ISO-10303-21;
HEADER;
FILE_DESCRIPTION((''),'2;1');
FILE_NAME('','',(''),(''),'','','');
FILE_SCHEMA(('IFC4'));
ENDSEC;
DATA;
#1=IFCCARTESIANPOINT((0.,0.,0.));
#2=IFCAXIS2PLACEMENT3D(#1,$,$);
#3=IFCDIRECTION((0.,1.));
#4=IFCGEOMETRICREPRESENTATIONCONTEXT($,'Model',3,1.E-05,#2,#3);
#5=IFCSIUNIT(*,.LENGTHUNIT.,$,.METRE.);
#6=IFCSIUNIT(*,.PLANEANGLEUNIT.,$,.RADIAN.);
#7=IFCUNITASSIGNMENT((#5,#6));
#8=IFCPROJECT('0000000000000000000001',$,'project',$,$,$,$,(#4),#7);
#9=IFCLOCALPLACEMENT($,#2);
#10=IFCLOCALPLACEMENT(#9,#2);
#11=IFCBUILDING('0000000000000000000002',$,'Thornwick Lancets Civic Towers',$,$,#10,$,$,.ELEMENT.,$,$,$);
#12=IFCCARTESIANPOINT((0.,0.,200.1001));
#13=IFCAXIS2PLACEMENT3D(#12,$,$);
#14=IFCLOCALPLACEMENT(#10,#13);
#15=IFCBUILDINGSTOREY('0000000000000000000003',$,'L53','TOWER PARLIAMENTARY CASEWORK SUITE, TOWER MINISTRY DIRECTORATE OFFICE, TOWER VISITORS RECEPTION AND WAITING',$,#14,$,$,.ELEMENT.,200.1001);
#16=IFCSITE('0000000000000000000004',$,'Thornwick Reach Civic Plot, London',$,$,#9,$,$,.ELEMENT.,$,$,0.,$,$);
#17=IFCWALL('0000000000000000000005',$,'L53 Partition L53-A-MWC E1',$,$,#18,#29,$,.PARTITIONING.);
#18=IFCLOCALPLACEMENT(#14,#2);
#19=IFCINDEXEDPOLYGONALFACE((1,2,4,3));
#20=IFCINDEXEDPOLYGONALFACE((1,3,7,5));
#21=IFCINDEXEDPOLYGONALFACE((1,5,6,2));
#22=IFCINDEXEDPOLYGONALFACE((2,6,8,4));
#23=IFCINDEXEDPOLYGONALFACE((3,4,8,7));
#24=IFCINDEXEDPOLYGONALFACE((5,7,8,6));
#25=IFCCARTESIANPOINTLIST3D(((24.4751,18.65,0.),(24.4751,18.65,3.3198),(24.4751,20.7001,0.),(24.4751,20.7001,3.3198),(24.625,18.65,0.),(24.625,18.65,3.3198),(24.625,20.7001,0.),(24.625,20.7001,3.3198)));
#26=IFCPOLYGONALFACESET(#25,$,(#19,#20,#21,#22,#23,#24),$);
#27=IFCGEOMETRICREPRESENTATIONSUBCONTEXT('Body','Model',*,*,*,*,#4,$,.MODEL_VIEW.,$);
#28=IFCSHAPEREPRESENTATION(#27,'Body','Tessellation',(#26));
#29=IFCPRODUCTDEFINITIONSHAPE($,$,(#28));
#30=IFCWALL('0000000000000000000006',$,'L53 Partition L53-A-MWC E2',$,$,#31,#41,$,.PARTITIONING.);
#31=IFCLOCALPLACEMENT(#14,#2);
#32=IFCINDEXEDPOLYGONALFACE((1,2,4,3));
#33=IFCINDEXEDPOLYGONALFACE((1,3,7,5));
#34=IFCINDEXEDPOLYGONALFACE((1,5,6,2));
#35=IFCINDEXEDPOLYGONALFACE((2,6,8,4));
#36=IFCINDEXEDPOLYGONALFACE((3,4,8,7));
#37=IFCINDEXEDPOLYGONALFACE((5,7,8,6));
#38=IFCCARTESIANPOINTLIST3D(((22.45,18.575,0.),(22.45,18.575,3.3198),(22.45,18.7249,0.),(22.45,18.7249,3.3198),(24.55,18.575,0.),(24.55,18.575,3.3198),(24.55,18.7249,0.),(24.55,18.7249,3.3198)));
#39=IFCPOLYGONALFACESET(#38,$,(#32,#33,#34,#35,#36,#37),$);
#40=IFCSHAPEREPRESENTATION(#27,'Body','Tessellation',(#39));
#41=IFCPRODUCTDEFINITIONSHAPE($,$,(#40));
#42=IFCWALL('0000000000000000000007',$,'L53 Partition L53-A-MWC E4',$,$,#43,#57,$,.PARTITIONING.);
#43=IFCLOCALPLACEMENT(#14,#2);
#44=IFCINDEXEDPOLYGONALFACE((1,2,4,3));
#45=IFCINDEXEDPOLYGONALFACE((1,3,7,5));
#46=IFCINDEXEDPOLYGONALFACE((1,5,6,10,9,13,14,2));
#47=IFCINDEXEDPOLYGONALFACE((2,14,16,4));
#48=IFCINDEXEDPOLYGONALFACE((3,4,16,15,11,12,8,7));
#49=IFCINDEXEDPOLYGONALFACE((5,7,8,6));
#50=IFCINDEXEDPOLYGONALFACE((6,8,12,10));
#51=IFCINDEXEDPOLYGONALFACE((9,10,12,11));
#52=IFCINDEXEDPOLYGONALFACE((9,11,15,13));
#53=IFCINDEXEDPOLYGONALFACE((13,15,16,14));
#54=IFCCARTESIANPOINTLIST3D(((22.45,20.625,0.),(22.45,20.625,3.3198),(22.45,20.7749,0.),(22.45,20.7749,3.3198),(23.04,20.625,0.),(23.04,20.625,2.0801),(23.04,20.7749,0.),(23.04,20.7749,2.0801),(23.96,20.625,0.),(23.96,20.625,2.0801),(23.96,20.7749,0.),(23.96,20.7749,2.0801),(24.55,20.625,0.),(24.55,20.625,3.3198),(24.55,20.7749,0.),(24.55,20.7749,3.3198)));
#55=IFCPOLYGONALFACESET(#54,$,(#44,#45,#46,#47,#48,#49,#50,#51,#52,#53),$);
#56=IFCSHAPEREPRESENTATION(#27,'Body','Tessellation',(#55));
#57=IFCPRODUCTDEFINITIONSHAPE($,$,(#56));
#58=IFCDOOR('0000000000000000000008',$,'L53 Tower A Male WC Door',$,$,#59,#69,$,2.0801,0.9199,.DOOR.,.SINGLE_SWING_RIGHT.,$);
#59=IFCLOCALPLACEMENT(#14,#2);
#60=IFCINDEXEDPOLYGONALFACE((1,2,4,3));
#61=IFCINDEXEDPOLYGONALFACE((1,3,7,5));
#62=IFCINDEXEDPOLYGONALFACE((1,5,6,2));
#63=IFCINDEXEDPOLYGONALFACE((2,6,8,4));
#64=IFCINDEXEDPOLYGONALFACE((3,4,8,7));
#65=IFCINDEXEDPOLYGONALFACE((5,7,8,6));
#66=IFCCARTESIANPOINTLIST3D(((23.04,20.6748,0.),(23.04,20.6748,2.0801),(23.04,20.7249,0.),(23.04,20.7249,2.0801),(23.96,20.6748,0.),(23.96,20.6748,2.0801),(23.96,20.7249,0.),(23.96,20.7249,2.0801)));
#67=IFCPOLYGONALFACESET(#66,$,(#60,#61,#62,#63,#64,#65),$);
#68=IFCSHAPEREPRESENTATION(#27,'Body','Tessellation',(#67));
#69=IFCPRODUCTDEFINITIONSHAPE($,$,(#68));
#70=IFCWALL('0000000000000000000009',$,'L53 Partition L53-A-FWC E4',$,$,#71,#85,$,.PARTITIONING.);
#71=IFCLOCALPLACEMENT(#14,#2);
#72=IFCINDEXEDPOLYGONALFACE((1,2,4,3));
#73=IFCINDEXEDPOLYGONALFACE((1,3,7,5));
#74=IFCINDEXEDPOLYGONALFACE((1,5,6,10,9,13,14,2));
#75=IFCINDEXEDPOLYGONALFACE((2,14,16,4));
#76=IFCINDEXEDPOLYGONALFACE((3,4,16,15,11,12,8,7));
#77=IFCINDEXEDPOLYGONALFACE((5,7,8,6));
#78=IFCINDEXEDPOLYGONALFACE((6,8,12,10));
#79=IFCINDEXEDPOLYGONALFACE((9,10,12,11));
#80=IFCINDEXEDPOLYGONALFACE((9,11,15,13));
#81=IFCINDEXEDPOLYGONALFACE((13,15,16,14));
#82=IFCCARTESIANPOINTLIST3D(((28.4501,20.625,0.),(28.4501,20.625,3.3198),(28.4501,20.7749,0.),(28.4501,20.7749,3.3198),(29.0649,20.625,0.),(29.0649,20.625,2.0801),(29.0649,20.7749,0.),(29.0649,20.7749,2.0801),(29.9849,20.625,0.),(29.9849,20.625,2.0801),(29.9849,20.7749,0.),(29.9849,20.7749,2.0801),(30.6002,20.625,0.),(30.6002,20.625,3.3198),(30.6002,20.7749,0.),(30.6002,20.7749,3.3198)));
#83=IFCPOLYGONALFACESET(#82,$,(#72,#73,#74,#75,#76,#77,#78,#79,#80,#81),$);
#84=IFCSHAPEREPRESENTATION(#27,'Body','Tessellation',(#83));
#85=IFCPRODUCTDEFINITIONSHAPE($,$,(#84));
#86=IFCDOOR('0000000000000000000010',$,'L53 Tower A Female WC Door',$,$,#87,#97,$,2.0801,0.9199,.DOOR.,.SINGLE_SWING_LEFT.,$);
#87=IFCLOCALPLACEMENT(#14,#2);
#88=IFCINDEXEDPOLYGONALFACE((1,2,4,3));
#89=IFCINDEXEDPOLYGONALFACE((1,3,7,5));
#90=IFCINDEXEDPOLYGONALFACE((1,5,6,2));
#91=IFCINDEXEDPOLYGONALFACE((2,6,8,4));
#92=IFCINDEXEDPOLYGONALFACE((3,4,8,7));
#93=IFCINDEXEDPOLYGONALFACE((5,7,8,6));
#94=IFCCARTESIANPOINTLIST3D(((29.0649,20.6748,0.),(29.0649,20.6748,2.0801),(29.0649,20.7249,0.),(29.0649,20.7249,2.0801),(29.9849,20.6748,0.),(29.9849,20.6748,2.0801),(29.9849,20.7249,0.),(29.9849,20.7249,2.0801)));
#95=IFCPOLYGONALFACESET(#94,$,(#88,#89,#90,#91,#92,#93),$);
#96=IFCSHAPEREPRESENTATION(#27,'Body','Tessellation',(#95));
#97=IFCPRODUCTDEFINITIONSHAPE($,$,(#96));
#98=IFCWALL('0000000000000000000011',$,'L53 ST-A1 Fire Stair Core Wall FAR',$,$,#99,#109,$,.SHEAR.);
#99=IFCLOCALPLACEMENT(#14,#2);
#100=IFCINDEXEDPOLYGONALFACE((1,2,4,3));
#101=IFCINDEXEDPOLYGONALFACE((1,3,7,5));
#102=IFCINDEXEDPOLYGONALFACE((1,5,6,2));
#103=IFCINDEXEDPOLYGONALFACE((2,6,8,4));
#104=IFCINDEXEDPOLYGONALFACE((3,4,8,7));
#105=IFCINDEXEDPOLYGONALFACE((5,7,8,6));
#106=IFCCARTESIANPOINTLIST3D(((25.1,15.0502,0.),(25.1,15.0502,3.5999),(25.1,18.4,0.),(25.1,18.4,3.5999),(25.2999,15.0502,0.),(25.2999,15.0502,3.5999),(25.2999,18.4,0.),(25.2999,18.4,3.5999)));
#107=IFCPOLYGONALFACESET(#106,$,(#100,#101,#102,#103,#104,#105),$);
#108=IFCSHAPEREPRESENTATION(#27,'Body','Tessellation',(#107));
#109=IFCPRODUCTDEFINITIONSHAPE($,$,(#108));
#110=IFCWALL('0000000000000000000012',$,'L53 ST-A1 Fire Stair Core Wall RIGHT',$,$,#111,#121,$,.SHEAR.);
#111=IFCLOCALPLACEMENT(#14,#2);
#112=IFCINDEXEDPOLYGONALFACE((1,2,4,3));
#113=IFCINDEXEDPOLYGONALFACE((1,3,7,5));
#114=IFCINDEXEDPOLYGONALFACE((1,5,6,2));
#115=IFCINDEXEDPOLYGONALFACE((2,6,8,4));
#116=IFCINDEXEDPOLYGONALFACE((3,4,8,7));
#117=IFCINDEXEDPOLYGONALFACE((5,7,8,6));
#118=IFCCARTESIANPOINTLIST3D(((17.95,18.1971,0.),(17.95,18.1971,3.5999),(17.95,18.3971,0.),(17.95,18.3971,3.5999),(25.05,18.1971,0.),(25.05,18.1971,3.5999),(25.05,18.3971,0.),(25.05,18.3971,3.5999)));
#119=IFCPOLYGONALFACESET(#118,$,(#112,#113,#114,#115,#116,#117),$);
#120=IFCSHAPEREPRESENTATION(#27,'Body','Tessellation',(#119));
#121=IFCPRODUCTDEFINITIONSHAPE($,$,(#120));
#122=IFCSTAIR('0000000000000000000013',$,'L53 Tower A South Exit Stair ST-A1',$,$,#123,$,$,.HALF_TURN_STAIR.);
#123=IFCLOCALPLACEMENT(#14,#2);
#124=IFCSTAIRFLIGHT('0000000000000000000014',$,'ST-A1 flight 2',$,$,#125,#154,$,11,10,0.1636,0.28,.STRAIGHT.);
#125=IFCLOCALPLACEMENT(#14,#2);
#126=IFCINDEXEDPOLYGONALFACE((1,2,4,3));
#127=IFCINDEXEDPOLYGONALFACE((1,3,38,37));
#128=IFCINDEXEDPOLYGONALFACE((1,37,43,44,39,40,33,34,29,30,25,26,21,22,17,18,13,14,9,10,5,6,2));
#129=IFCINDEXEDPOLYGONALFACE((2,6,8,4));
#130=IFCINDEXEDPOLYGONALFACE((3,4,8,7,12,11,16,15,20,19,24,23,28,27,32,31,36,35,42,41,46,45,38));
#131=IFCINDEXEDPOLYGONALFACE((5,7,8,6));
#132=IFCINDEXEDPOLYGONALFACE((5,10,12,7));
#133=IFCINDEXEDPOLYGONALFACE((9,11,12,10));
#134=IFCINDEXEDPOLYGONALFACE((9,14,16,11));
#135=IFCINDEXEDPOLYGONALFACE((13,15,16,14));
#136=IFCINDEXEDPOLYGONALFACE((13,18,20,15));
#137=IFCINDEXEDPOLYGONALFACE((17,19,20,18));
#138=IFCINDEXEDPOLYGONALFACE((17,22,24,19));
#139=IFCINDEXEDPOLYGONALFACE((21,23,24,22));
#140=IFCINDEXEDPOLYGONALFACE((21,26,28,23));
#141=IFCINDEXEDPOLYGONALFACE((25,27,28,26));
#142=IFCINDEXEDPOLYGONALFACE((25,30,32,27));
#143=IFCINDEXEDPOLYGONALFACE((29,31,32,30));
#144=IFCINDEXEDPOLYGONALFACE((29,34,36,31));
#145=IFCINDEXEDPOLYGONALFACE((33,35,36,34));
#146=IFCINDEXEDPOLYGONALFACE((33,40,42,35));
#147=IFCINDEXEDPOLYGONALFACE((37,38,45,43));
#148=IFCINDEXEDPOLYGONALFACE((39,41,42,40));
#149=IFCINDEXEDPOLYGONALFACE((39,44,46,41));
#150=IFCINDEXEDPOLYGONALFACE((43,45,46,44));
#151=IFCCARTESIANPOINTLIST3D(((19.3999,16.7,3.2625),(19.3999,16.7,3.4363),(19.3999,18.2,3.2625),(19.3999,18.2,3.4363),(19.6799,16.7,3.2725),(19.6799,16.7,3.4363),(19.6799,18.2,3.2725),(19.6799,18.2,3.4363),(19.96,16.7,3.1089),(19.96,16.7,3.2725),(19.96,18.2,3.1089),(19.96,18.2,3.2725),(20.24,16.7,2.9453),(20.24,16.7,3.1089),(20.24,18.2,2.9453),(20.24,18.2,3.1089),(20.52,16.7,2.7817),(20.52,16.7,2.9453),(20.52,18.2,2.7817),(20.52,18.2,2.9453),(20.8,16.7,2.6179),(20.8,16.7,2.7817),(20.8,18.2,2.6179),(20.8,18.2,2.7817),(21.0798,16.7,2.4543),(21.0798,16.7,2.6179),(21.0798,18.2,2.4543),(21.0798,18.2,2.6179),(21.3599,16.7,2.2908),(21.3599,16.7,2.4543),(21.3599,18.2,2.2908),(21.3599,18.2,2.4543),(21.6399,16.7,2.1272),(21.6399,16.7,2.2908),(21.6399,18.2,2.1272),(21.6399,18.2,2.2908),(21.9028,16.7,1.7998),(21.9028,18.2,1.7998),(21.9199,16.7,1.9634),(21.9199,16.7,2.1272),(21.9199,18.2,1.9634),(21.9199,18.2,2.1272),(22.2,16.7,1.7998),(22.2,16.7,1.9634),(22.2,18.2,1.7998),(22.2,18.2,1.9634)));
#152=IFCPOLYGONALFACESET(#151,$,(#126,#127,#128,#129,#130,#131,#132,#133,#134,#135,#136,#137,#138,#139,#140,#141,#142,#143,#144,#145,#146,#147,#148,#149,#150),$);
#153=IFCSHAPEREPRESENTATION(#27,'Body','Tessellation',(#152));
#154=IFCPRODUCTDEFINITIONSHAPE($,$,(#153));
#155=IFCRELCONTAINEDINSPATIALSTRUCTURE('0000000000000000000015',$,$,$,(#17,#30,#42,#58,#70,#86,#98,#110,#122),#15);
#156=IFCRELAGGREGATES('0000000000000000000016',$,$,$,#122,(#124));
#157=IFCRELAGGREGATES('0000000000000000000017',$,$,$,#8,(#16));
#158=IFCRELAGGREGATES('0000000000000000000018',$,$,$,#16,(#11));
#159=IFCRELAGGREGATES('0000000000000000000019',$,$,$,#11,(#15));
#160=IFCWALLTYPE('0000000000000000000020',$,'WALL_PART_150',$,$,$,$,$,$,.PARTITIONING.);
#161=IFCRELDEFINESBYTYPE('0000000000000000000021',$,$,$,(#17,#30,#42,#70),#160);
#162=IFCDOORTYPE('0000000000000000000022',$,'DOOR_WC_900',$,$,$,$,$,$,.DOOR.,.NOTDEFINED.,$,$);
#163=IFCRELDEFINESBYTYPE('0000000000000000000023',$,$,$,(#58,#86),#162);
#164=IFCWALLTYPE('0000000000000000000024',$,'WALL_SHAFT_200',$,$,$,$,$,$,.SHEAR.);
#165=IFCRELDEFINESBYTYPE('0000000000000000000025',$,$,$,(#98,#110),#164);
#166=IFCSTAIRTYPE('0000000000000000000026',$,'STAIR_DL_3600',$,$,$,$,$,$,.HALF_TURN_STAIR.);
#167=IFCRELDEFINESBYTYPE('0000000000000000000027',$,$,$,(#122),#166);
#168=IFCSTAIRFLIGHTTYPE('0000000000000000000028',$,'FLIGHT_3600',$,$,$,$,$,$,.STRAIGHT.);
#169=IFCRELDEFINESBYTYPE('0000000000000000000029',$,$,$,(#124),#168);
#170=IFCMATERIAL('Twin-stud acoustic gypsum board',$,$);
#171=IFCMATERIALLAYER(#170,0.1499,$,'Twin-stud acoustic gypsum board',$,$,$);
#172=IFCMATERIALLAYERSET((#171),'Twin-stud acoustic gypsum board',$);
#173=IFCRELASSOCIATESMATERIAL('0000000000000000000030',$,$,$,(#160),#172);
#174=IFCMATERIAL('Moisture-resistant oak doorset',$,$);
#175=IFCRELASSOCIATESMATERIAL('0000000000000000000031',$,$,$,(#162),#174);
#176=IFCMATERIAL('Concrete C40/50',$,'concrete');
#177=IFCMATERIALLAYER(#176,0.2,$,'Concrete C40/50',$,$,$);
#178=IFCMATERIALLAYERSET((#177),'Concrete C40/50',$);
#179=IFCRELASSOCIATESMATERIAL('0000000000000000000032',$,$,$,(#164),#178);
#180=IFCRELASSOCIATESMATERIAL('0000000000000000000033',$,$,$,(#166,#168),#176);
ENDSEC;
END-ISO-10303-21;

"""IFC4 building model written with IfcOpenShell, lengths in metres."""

from ifc_helpers import new_model, si_unit, direction, frame, frame_2d, origin, place, context, subcontext, project, spatial, polyline, rectangle, outline, extrude, material, layer, layer_set, type_object, element, fill, aggregate, save


model = new_model("IFC4")

# Units and contexts
model_context = context("Model", 3, precision=1e-05, world=origin(), true_north=direction((0.0, 1.0)))
body_context = subcontext(model_context, "Body", "Model", "MODEL_VIEW")
ifc_project = project(units=[si_unit("LENGTHUNIT", "METRE"), si_unit("PLANEANGLEUNIT", "RADIAN")], contexts=[model_context])

# Site, building, storey
site_placement = place(None, origin())
site = spatial("IfcSite", under=ifc_project, at=site_placement, Name="Thornwick Reach Civic Plot, London", CompositionType="ELEMENT", RefElevation=0.0)
building_placement = place(site_placement, origin())
building = spatial("IfcBuilding", under=site, at=building_placement, Name="Thornwick Lancets Civic Towers", CompositionType="ELEMENT")
storey_placement = place(building_placement, frame((0.0, 0.0, 200.1001)))
storey = spatial("IfcBuildingStorey", under=building, at=storey_placement, Name="L53", Description="TOWER PARLIAMENTARY CASEWORK SUITE, TOWER MINISTRY DIRECTORATE OFFICE, TOWER VISITORS RECEPTION AND WAITING", CompositionType="ELEMENT", Elevation=200.1001)

# Shared definitions
ifc_material_1 = material(Name="Concrete C40/50", Category="concrete")

# Walls
ifc_material_2 = material(Name="Twin-stud acoustic gypsum board")
ifc_layer_1 = layer(ifc_material_2, 0.1499, Name="Twin-stud acoustic gypsum board")
ifc_layer_set_1 = layer_set([ifc_layer_1], Name="Twin-stud acoustic gypsum board")
wall_type_1 = type_object("IfcWallType", Name="WALL_PART_150", PredefinedType="PARTITIONING", material=ifc_layer_set_1)
wall_1_placement = place(storey_placement, frame((24.55, 20.7, 0.0), z_axis=(0.0, 0.0, 1.0), x_axis=(0.0, -1.0, 0.0)))
element("IfcWall", 1, at=wall_1_placement, inside=storey, type_object=wall_type_1, Name="L53 Partition L53-A-MWC E1", PredefinedType="PARTITIONING", context=body_context, shape_type="SweptSolid", body=[
    extrude(rectangle(XDim=2.05, YDim=0.1499, at=frame_2d((1.0249, 0.0))), origin(), (0.0, 0.0, 1.0), 3.3198),
])
wall_2_placement = place(storey_placement, frame((24.55, 18.6499, 0.0), z_axis=(0.0, 0.0, 1.0), x_axis=(-1.0, 0.0, 0.0)))
element("IfcWall", 2, at=wall_2_placement, inside=storey, type_object=wall_type_1, Name="L53 Partition L53-A-MWC E2", PredefinedType="PARTITIONING", context=body_context, shape_type="SweptSolid", body=[
    extrude(rectangle(XDim=2.1001, YDim=0.1499, at=frame_2d((1.05, 0.0))), origin(), (0.0, 0.0, 1.0), 3.3198),
])

# Walls, openings, doors
wall_3_placement = place(storey_placement, frame((22.45, 20.7, 0.0), z_axis=(0.0, 0.0, 1.0), x_axis=(1.0, 0.0, 0.0)))
wall_3 = element("IfcWall", 3, at=wall_3_placement, inside=storey, type_object=wall_type_1, Name="L53 Partition L53-A-MWC E4", PredefinedType="PARTITIONING", context=body_context, shape_type="SweptSolid", body=[
    extrude(rectangle(XDim=2.1001, YDim=0.1499, at=frame_2d((1.05, 0.0))), origin(), (0.0, 0.0, 1.0), 3.3198),
])
opening_1_placement = place(wall_3_placement, frame((0.5901, 0.0, 0.0)))
opening_1 = element("IfcOpeningElement", 4, at=opening_1_placement, cuts=wall_3, PredefinedType="OPENING", context=body_context, shape_type="SweptSolid", body=[
    extrude(rectangle(XDim=0.9199, YDim=2.0801, at=frame_2d((0.46, 1.04))), frame((0.0, 0.085, 0.0), z_axis=(0.0, -1.0, 0.0), x_axis=(1.0, 0.0, 0.0)), (0.0, 0.0, 1.0), 0.1699),
])
ifc_material_3 = material(Name="Moisture-resistant oak doorset")
door_type_1 = type_object("IfcDoorType", Name="DOOR_WC_900", OperationType="NOTDEFINED", PredefinedType="DOOR", material=ifc_material_3)
door_1_placement = place(opening_1_placement, origin())
door_1 = element("IfcDoor", 5, at=door_1_placement, inside=storey, type_object=door_type_1, Name="L53 Tower A Male WC Door", OperationType="SINGLE_SWING_RIGHT", OverallHeight=2.0801, OverallWidth=0.9199, PredefinedType="DOOR", context=body_context, shape_type="SweptSolid", body=[
    extrude(rectangle(XDim=0.9199, YDim=2.0801, at=frame_2d((0.46, 1.04))), frame((0.0, 0.0249, 0.0), z_axis=(0.0, -1.0, 0.0), x_axis=(1.0, 0.0, 0.0)), (0.0, 0.0, 1.0), 0.05),
])
fill(opening_1, door_1)
wall_4_placement = place(storey_placement, frame((28.45, 20.7, 0.0), z_axis=(0.0, 0.0, 1.0), x_axis=(1.0, 0.0, 0.0)))
wall_4 = element("IfcWall", 6, at=wall_4_placement, inside=storey, type_object=wall_type_1, Name="L53 Partition L53-A-FWC E4", PredefinedType="PARTITIONING", context=body_context, shape_type="SweptSolid", body=[
    extrude(rectangle(XDim=2.1501, YDim=0.1499, at=frame_2d((1.0752, 0.0))), origin(), (0.0, 0.0, 1.0), 3.3198),
])
opening_2_placement = place(wall_4_placement, frame((0.615, 0.0, 0.0)))
opening_2 = element("IfcOpeningElement", 7, at=opening_2_placement, cuts=wall_4, PredefinedType="OPENING", context=body_context, shape_type="SweptSolid", body=[
    extrude(rectangle(XDim=0.9199, YDim=2.0801, at=frame_2d((0.46, 1.04))), frame((0.0, 0.085, 0.0), z_axis=(0.0, -1.0, 0.0), x_axis=(1.0, 0.0, 0.0)), (0.0, 0.0, 1.0), 0.1699),
])
door_2_placement = place(opening_2_placement, origin())
door_2 = element("IfcDoor", 8, at=door_2_placement, inside=storey, type_object=door_type_1, Name="L53 Tower A Female WC Door", OperationType="SINGLE_SWING_LEFT", OverallHeight=2.0801, OverallWidth=0.9199, PredefinedType="DOOR", context=body_context, shape_type="SweptSolid", body=[
    extrude(rectangle(XDim=0.9199, YDim=2.0801, at=frame_2d((0.46, 1.04))), frame((0.0, 0.0249, 0.0), z_axis=(0.0, -1.0, 0.0), x_axis=(1.0, 0.0, 0.0)), (0.0, 0.0, 1.0), 0.05),
])
fill(opening_2, door_2)

# Walls
ifc_layer_2 = layer(ifc_material_1, 0.2, Name="Concrete C40/50")
ifc_layer_set_2 = layer_set([ifc_layer_2], Name="Concrete C40/50")
wall_type_2 = type_object("IfcWallType", Name="WALL_SHAFT_200", PredefinedType="SHEAR", material=ifc_layer_set_2)
wall_5_placement = place(storey_placement, frame((25.2, 18.3999, 0.0), z_axis=(0.0, 0.0, 1.0), x_axis=(0.0, -1.0, 0.0)))
element("IfcWall", 9, at=wall_5_placement, inside=storey, type_object=wall_type_2, Name="L53 ST-A1 Fire Stair Core Wall FAR", PredefinedType="SHEAR", context=body_context, shape_type="SweptSolid", body=[
    extrude(rectangle(XDim=3.3499, YDim=0.2, at=frame_2d((1.6748, 0.0))), origin(), (0.0, 0.0, 1.0), 3.5999),
])
wall_6_placement = place(storey_placement, frame((25.05, 18.2971, 0.0), z_axis=(0.0, 0.0, 1.0), x_axis=(-1.0, 0.0, 0.0)))
element("IfcWall", 10, at=wall_6_placement, inside=storey, type_object=wall_type_2, Name="L53 ST-A1 Fire Stair Core Wall RIGHT", PredefinedType="SHEAR", context=body_context, shape_type="SweptSolid", body=[
    extrude(rectangle(XDim=7.1001, YDim=0.2, at=frame_2d((3.55, 0.0))), origin(), (0.0, 0.0, 1.0), 3.5999),
])

# Stair, stair flight
stair_type = type_object("IfcStairType", Name="STAIR_DL_3600", PredefinedType="HALF_TURN_STAIR", material=ifc_material_1)
stair_placement = place(storey_placement, origin())
stair = element("IfcStair", 11, at=stair_placement, inside=storey, type_object=stair_type, Name="L53 Tower A South Exit Stair ST-A1", PredefinedType="HALF_TURN_STAIR")
stair_flight_type = type_object("IfcStairFlightType", Name="FLIGHT_3600", PredefinedType="STRAIGHT", material=ifc_material_1)
stair_flight_placement = place(storey_placement, frame((22.2, 17.45, 1.7998), z_axis=(0.0, 0.0, 1.0), x_axis=(-1.0, 0.0, 0.0)))
stair_flight = element("IfcStairFlight", 12, at=stair_flight_placement, type_object=stair_flight_type, Name="ST-A1 flight 2", NumberOfRisers=11, NumberOfTreads=10, PredefinedType="STRAIGHT", RiserHeight=0.1636, TreadLength=0.28, context=body_context, shape_type="SweptSolid", body=[
    extrude(outline(polyline([(0.0, 0.0), (0.0, 0.1636), (0.28, 0.1636), (0.28, 0.3274), (0.5601, 0.3274), (0.5601, 0.491), (0.8401, 0.491), (0.8401, 0.6545), (1.1201, 0.6545), (1.1201, 0.8181), (1.3999, 0.8181), (1.3999, 0.9819), (1.6799, 0.9819), (1.6799, 1.1455), (1.96, 1.1455), (1.96, 1.3091), (2.24, 1.3091), (2.24, 1.4727), (2.52, 1.4727), (2.52, 1.6365), (2.8, 1.6365), (2.8, 1.8), (2.8, 1.4626), (0.2971, 0.0), (0.0, 0.0)])), frame((0.0, 0.75, 0.0), z_axis=(0.0, -1.0, 0.0), x_axis=(1.0, 0.0, 0.0)), (0.0, 0.0, 1.0), 1.5),
])
aggregate(stair, [stair_flight])

save(model, "model.ifc")
